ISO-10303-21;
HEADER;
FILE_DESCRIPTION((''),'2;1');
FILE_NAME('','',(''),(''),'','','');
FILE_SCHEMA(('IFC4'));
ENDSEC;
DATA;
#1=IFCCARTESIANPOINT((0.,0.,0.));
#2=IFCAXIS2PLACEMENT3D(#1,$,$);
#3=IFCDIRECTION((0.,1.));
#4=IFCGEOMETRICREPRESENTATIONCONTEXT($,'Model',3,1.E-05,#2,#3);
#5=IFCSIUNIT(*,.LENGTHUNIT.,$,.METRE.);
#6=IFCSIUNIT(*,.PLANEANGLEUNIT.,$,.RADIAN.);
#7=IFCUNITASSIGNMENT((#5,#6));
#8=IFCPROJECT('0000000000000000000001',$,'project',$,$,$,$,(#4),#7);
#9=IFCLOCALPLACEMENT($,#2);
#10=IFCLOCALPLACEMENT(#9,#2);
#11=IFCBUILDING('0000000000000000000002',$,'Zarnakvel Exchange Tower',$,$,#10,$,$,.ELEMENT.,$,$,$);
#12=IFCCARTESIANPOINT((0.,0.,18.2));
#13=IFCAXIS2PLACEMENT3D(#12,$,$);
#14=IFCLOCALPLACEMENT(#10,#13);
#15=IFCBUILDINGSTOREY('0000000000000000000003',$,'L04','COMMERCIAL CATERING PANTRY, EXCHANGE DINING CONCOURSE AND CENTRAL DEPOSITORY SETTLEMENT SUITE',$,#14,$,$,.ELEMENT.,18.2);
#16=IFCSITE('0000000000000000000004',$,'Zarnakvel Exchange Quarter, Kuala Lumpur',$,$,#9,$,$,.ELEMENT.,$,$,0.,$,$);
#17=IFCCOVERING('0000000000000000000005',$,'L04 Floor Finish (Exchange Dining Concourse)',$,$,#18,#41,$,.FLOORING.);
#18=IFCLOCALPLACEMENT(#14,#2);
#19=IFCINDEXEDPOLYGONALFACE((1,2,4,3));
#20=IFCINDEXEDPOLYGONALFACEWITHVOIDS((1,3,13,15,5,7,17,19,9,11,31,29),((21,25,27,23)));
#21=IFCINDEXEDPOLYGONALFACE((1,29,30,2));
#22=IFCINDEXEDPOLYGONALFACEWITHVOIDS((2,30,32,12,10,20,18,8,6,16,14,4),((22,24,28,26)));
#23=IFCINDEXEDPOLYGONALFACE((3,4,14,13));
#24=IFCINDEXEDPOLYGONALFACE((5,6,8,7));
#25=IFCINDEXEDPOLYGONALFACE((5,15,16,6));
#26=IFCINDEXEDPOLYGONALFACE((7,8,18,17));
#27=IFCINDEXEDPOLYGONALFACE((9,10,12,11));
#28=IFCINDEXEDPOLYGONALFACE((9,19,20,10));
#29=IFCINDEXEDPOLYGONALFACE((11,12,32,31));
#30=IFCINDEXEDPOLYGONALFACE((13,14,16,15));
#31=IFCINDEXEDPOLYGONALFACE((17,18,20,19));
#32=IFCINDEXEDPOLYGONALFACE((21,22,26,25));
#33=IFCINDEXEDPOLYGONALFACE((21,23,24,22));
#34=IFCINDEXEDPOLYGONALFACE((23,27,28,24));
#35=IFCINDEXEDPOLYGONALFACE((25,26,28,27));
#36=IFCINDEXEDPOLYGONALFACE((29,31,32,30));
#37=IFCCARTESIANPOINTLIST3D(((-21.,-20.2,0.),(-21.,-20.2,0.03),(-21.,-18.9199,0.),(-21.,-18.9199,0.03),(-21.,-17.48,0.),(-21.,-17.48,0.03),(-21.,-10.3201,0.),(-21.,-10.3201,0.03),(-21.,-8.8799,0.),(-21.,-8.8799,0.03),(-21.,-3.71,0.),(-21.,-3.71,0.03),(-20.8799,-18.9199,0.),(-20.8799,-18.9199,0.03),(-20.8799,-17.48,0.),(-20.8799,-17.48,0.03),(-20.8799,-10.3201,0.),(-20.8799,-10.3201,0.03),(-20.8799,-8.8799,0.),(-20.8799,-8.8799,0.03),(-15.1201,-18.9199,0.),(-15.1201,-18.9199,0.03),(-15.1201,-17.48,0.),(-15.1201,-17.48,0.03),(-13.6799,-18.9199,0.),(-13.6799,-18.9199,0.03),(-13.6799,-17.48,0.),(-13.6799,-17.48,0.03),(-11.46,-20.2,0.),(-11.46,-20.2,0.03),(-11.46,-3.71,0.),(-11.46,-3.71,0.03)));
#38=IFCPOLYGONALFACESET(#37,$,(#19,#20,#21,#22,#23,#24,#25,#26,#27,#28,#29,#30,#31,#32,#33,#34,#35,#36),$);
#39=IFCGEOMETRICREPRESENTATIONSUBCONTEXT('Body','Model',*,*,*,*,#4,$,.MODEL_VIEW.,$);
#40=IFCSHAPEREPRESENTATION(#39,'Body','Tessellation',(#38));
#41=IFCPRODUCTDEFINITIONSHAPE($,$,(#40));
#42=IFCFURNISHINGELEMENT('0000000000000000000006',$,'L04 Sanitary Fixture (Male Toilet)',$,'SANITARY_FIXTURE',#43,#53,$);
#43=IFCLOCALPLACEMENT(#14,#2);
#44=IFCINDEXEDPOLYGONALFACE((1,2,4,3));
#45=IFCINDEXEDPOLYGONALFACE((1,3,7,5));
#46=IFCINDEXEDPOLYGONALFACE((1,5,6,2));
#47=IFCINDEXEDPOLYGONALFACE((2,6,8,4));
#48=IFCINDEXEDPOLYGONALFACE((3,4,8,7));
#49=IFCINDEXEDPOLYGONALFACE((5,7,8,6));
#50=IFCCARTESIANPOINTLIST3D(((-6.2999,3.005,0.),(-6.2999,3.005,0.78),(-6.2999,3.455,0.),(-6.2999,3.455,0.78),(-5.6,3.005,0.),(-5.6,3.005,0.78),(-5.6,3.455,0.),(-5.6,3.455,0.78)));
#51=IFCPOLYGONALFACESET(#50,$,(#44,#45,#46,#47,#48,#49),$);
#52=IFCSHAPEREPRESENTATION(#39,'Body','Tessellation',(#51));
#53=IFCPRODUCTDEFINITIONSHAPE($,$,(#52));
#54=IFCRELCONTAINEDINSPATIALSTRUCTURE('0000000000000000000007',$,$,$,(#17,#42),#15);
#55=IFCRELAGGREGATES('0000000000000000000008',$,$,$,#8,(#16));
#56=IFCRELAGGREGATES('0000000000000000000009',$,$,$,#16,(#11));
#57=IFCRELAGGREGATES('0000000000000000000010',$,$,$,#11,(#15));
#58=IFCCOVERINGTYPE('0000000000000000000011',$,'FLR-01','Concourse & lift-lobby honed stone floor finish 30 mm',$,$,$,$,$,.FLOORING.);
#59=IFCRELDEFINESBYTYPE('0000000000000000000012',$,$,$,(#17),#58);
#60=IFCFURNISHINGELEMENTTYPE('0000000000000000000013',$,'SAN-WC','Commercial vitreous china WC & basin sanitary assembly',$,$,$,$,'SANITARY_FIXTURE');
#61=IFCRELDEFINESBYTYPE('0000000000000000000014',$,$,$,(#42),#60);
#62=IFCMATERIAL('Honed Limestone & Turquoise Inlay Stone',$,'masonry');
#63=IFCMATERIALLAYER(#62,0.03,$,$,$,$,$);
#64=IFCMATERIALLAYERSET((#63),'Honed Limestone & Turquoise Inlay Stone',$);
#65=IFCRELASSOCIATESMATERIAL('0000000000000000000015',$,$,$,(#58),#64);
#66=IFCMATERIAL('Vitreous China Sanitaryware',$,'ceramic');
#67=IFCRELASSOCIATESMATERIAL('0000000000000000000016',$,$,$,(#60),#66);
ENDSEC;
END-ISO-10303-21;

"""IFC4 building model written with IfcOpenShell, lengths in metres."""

from ifc_helpers import new_model, si_unit, direction, frame, origin, origin_2d, place, context, subcontext, project, spatial, polyline, rectangle, outline, extrude, source, transform, mapped, material, layer, layer_set, type_object, element, save


model = new_model("IFC4")

# Units and contexts
model_context = context("Model", 3, precision=1e-05, world=origin(), true_north=direction((0.0, 1.0)))
body_context = subcontext(model_context, "Body", "Model", "MODEL_VIEW")
ifc_project = project(units=[si_unit("LENGTHUNIT", "METRE"), si_unit("PLANEANGLEUNIT", "RADIAN")], contexts=[model_context])

# Site, building, storey
site_placement = place(None, origin())
site = spatial("IfcSite", under=ifc_project, at=site_placement, Name="Zarnakvel Exchange Quarter, Kuala Lumpur", CompositionType="ELEMENT", RefElevation=0.0)
building_placement = place(site_placement, origin())
building = spatial("IfcBuilding", under=site, at=building_placement, Name="Zarnakvel Exchange Tower", CompositionType="ELEMENT")
storey_placement = place(building_placement, frame((0.0, 0.0, 18.2)))
storey = spatial("IfcBuildingStorey", under=building, at=storey_placement, Name="L04", Description="COMMERCIAL CATERING PANTRY, EXCHANGE DINING CONCOURSE AND CENTRAL DEPOSITORY SETTLEMENT SUITE", CompositionType="ELEMENT", Elevation=18.2)

# Covering
ifc_material_1 = material(Name="Honed Limestone & Turquoise Inlay Stone", Category="masonry")
ifc_layer_1 = layer(ifc_material_1, 0.03)
ifc_layer_set_1 = layer_set([ifc_layer_1], Name="Honed Limestone & Turquoise Inlay Stone")
covering_type_1 = type_object("IfcCoveringType", Name="FLR-01", Description="Concourse & lift-lobby honed stone floor finish 30 mm", PredefinedType="FLOORING", material=ifc_layer_set_1)
covering_1_placement = place(storey_placement, origin())
element("IfcCovering", 1, at=covering_1_placement, inside=storey, type_object=covering_type_1, Name="L04 Floor Finish (Exchange Dining Concourse)", PredefinedType="FLOORING", context=body_context, shape_type="SweptSolid", body=[
    extrude(outline(polyline([(-11.46, -3.71), (-11.46, -20.2), (-21.0, -20.2), (-21.0, -18.9199), (-20.8799, -18.9199), (-20.8799, -17.48), (-21.0, -17.48), (-21.0, -10.3201), (-20.8799, -10.3201), (-20.8799, -8.8799), (-21.0, -8.8799), (-21.0, -3.71), (-11.46, -3.71)]), holes=[polyline([(-13.6799, -18.9199), (-13.6799, -17.48), (-15.1201, -17.48), (-15.1201, -18.9199), (-13.6799, -18.9199)])]), origin(), (0.0, 0.0, 1.0), 0.03),
])

# Furnishing element
ifc_material_2 = material(Name="Vitreous China Sanitaryware", Category="ceramic")
furnishing_element_type = type_object("IfcFurnishingElementType", Name="SAN-WC", Description="Commercial vitreous china WC & basin sanitary assembly", ElementType="SANITARY_FIXTURE", material=ifc_material_2)
shared_shape_1 = source(origin(), body_context, "Body", "SweptSolid", [
    extrude(rectangle(XDim=0.7, YDim=0.45, at=origin_2d()), origin(), (0.0, 0.0, 1.0), 0.78),
])
furnishing_placement = place(storey_placement, frame((-5.95, 3.23, 0.0), z_axis=(0.0, 0.0, 1.0), x_axis=(1.0, 0.0, 0.0)))
element("IfcFurnishingElement", 2, at=furnishing_placement, inside=storey, type_object=furnishing_element_type, Name="L04 Sanitary Fixture (Male Toilet)", ObjectType="SANITARY_FIXTURE", context=body_context, shape_type="MappedRepresentation", body=[
    mapped(shared_shape_1, transform((0.0, 0.0, 0.0), x_axis=(1.0, 0.0, 0.0), y_axis=(0.0, 1.0, 0.0), z_axis=(0.0, 0.0, 1.0), scale=1.0)),
])

save(model, "model.ifc")
